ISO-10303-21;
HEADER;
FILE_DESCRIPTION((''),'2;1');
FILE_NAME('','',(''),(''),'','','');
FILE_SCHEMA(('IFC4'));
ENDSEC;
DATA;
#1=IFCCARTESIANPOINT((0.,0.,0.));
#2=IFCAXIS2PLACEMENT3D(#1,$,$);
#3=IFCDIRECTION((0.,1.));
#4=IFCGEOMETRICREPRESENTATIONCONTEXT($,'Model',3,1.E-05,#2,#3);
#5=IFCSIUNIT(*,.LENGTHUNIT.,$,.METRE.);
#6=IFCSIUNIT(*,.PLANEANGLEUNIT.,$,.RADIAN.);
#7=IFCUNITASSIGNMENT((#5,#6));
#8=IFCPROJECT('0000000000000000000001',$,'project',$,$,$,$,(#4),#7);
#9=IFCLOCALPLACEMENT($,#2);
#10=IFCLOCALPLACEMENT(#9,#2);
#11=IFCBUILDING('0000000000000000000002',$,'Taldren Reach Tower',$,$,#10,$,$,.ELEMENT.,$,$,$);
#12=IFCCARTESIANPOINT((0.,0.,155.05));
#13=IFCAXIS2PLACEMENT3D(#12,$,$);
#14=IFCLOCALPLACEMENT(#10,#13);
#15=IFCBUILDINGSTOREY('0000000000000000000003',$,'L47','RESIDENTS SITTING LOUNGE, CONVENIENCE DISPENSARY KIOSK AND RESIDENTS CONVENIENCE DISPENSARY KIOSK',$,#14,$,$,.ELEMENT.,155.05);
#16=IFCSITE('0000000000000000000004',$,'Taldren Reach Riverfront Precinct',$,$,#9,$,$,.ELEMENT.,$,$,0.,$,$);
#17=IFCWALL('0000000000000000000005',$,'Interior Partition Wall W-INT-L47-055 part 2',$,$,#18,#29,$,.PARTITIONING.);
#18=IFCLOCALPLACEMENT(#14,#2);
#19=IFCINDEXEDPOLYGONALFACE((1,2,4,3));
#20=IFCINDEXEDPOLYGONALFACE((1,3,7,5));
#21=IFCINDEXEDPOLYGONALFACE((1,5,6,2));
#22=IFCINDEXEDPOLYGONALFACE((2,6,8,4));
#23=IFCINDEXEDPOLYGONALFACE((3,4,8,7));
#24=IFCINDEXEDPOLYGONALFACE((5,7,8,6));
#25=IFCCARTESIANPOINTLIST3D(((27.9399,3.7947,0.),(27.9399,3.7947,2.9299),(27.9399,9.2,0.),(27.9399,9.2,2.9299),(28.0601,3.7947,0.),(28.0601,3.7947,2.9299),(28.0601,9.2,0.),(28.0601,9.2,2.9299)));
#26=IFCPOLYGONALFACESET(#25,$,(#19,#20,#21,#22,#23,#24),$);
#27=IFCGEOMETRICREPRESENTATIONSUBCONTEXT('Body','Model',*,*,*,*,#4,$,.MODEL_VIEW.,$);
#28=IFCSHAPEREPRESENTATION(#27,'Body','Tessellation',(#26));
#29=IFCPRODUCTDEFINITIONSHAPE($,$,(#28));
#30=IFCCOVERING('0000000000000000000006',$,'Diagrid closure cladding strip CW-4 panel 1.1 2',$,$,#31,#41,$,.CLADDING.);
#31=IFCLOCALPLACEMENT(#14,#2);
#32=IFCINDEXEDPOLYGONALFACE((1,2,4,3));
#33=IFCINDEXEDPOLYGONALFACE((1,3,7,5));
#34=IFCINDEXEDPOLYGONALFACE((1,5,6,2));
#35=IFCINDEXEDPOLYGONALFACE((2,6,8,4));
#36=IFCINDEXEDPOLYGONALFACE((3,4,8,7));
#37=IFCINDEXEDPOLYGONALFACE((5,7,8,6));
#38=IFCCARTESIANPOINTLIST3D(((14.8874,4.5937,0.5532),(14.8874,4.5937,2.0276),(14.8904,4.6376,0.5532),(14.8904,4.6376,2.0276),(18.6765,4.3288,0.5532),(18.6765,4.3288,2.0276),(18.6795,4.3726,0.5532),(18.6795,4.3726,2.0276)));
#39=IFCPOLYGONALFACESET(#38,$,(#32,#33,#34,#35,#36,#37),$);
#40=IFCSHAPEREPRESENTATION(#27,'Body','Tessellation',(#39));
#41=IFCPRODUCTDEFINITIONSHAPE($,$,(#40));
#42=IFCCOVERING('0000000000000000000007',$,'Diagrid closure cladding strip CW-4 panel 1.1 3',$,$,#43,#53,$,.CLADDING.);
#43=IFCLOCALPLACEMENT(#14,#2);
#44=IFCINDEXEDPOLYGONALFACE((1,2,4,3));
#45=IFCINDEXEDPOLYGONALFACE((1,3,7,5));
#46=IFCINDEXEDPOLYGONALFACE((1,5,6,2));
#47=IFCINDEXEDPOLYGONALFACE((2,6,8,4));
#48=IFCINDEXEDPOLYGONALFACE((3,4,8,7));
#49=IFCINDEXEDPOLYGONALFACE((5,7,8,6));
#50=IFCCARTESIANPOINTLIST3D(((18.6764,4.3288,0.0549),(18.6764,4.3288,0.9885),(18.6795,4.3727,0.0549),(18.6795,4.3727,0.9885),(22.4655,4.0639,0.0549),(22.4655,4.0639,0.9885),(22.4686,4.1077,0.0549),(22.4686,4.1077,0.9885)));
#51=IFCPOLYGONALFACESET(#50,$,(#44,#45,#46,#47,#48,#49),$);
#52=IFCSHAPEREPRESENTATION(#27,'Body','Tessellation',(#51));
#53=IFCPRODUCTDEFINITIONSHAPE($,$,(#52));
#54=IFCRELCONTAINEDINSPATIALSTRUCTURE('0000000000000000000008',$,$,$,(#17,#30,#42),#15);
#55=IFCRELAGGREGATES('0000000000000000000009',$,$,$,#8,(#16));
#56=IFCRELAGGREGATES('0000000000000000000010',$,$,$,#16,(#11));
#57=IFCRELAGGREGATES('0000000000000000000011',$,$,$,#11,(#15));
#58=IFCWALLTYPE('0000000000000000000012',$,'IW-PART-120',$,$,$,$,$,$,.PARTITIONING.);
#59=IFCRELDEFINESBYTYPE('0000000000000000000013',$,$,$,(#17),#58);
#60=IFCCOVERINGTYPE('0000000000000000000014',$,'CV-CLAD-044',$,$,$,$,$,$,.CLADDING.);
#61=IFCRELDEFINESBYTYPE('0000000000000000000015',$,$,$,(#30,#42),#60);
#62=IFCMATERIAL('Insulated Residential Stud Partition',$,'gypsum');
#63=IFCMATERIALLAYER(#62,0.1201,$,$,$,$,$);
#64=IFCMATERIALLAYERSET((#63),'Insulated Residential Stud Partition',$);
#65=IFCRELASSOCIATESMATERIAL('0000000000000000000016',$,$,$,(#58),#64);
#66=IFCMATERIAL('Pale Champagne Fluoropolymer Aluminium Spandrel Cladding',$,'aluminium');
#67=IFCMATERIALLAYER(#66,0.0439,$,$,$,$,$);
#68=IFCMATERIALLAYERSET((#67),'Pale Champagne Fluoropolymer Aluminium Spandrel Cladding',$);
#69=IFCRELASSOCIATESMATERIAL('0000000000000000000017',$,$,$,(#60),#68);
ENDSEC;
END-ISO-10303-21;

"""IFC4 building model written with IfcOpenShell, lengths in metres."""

from ifc_helpers import new_model, si_unit, direction, frame, frame_2d, origin, origin_2d, place, context, subcontext, project, spatial, rectangle, extrude, source, transform, mapped, material, layer, layer_set, type_object, element, save


model = new_model("IFC4")

# Units and contexts
model_context = context("Model", 3, precision=1e-05, world=origin(), true_north=direction((0.0, 1.0)))
body_context = subcontext(model_context, "Body", "Model", "MODEL_VIEW")
ifc_project = project(units=[si_unit("LENGTHUNIT", "METRE"), si_unit("PLANEANGLEUNIT", "RADIAN")], contexts=[model_context])

# Site, building, storey
site_placement = place(None, origin())
site = spatial("IfcSite", under=ifc_project, at=site_placement, Name="Taldren Reach Riverfront Precinct", CompositionType="ELEMENT", RefElevation=0.0)
building_placement = place(site_placement, origin())
building = spatial("IfcBuilding", under=site, at=building_placement, Name="Taldren Reach Tower", CompositionType="ELEMENT")
storey_placement = place(building_placement, frame((0.0, 0.0, 155.05)))
storey = spatial("IfcBuildingStorey", under=building, at=storey_placement, Name="L47", Description="RESIDENTS SITTING LOUNGE, CONVENIENCE DISPENSARY KIOSK AND RESIDENTS CONVENIENCE DISPENSARY KIOSK", CompositionType="ELEMENT", Elevation=155.05)

# Wall
ifc_material_1 = material(Name="Insulated Residential Stud Partition", Category="gypsum")
ifc_layer_1 = layer(ifc_material_1, 0.1201)
ifc_layer_set_1 = layer_set([ifc_layer_1], Name="Insulated Residential Stud Partition")
wall_type_1 = type_object("IfcWallType", Name="IW-PART-120", PredefinedType="PARTITIONING", material=ifc_layer_set_1)
shared_shape_1 = source(origin(), body_context, "Body", "SweptSolid", [
    extrude(rectangle(XDim=5.4053, YDim=0.1201, at=frame_2d((2.7026, 0.0))), origin(), (0.0, 0.0, 1.0), 2.9299),
])
wall_1_placement = place(storey_placement, frame((28.0, 9.2, 0.0), z_axis=(0.0, 0.0, 1.0), x_axis=(0.0, -1.0, 0.0)))
element("IfcWall", 1, at=wall_1_placement, inside=storey, type_object=wall_type_1, Name="Interior Partition Wall W-INT-L47-055 part 2", PredefinedType="PARTITIONING", context=body_context, shape_type="MappedRepresentation", body=[
    mapped(shared_shape_1, transform((0.0, 0.0, 0.0), scale=1.0)),
])

# Coverings
ifc_material_2 = material(Name="Pale Champagne Fluoropolymer Aluminium Spandrel Cladding", Category="aluminium")
ifc_layer_2 = layer(ifc_material_2, 0.0439)
ifc_layer_set_2 = layer_set([ifc_layer_2], Name="Pale Champagne Fluoropolymer Aluminium Spandrel Cladding")
covering_type = type_object("IfcCoveringType", Name="CV-CLAD-044", PredefinedType="CLADDING", material=ifc_layer_set_2)
shared_shape_2 = source(origin(), body_context, "Body", "SweptSolid", [
    extrude(rectangle(XDim=3.7983, YDim=0.0439, at=origin_2d()), origin(), (0.0, 0.0, 1.0), 1.4744),
])
covering_1_placement = place(storey_placement, frame((16.7834, 4.4832, 0.5532), z_axis=(0.0, 0.0, 1.0), x_axis=(0.997564, -0.069757, 0.0)))
element("IfcCovering", 2, at=covering_1_placement, inside=storey, type_object=covering_type, Name="Diagrid closure cladding strip CW-4 panel 1.1 2", PredefinedType="CLADDING", context=body_context, shape_type="MappedRepresentation", body=[
    mapped(shared_shape_2, transform((0.0, 0.0, 0.0), scale=1.0)),
])
shared_shape_3 = source(origin(), body_context, "Body", "SweptSolid", [
    extrude(rectangle(XDim=3.7983, YDim=0.0439, at=origin_2d()), origin(), (0.0, 0.0, 1.0), 0.9336),
])
covering_2_placement = place(storey_placement, frame((20.5725, 4.2183, 0.0549), z_axis=(0.0, 0.0, 1.0), x_axis=(0.997564, -0.069757, 0.0)))
element("IfcCovering", 3, at=covering_2_placement, inside=storey, type_object=covering_type, Name="Diagrid closure cladding strip CW-4 panel 1.1 3", PredefinedType="CLADDING", context=body_context, shape_type="MappedRepresentation", body=[
    mapped(shared_shape_3, transform((0.0, 0.0, 0.0), scale=1.0)),
])

save(model, "model.ifc")
